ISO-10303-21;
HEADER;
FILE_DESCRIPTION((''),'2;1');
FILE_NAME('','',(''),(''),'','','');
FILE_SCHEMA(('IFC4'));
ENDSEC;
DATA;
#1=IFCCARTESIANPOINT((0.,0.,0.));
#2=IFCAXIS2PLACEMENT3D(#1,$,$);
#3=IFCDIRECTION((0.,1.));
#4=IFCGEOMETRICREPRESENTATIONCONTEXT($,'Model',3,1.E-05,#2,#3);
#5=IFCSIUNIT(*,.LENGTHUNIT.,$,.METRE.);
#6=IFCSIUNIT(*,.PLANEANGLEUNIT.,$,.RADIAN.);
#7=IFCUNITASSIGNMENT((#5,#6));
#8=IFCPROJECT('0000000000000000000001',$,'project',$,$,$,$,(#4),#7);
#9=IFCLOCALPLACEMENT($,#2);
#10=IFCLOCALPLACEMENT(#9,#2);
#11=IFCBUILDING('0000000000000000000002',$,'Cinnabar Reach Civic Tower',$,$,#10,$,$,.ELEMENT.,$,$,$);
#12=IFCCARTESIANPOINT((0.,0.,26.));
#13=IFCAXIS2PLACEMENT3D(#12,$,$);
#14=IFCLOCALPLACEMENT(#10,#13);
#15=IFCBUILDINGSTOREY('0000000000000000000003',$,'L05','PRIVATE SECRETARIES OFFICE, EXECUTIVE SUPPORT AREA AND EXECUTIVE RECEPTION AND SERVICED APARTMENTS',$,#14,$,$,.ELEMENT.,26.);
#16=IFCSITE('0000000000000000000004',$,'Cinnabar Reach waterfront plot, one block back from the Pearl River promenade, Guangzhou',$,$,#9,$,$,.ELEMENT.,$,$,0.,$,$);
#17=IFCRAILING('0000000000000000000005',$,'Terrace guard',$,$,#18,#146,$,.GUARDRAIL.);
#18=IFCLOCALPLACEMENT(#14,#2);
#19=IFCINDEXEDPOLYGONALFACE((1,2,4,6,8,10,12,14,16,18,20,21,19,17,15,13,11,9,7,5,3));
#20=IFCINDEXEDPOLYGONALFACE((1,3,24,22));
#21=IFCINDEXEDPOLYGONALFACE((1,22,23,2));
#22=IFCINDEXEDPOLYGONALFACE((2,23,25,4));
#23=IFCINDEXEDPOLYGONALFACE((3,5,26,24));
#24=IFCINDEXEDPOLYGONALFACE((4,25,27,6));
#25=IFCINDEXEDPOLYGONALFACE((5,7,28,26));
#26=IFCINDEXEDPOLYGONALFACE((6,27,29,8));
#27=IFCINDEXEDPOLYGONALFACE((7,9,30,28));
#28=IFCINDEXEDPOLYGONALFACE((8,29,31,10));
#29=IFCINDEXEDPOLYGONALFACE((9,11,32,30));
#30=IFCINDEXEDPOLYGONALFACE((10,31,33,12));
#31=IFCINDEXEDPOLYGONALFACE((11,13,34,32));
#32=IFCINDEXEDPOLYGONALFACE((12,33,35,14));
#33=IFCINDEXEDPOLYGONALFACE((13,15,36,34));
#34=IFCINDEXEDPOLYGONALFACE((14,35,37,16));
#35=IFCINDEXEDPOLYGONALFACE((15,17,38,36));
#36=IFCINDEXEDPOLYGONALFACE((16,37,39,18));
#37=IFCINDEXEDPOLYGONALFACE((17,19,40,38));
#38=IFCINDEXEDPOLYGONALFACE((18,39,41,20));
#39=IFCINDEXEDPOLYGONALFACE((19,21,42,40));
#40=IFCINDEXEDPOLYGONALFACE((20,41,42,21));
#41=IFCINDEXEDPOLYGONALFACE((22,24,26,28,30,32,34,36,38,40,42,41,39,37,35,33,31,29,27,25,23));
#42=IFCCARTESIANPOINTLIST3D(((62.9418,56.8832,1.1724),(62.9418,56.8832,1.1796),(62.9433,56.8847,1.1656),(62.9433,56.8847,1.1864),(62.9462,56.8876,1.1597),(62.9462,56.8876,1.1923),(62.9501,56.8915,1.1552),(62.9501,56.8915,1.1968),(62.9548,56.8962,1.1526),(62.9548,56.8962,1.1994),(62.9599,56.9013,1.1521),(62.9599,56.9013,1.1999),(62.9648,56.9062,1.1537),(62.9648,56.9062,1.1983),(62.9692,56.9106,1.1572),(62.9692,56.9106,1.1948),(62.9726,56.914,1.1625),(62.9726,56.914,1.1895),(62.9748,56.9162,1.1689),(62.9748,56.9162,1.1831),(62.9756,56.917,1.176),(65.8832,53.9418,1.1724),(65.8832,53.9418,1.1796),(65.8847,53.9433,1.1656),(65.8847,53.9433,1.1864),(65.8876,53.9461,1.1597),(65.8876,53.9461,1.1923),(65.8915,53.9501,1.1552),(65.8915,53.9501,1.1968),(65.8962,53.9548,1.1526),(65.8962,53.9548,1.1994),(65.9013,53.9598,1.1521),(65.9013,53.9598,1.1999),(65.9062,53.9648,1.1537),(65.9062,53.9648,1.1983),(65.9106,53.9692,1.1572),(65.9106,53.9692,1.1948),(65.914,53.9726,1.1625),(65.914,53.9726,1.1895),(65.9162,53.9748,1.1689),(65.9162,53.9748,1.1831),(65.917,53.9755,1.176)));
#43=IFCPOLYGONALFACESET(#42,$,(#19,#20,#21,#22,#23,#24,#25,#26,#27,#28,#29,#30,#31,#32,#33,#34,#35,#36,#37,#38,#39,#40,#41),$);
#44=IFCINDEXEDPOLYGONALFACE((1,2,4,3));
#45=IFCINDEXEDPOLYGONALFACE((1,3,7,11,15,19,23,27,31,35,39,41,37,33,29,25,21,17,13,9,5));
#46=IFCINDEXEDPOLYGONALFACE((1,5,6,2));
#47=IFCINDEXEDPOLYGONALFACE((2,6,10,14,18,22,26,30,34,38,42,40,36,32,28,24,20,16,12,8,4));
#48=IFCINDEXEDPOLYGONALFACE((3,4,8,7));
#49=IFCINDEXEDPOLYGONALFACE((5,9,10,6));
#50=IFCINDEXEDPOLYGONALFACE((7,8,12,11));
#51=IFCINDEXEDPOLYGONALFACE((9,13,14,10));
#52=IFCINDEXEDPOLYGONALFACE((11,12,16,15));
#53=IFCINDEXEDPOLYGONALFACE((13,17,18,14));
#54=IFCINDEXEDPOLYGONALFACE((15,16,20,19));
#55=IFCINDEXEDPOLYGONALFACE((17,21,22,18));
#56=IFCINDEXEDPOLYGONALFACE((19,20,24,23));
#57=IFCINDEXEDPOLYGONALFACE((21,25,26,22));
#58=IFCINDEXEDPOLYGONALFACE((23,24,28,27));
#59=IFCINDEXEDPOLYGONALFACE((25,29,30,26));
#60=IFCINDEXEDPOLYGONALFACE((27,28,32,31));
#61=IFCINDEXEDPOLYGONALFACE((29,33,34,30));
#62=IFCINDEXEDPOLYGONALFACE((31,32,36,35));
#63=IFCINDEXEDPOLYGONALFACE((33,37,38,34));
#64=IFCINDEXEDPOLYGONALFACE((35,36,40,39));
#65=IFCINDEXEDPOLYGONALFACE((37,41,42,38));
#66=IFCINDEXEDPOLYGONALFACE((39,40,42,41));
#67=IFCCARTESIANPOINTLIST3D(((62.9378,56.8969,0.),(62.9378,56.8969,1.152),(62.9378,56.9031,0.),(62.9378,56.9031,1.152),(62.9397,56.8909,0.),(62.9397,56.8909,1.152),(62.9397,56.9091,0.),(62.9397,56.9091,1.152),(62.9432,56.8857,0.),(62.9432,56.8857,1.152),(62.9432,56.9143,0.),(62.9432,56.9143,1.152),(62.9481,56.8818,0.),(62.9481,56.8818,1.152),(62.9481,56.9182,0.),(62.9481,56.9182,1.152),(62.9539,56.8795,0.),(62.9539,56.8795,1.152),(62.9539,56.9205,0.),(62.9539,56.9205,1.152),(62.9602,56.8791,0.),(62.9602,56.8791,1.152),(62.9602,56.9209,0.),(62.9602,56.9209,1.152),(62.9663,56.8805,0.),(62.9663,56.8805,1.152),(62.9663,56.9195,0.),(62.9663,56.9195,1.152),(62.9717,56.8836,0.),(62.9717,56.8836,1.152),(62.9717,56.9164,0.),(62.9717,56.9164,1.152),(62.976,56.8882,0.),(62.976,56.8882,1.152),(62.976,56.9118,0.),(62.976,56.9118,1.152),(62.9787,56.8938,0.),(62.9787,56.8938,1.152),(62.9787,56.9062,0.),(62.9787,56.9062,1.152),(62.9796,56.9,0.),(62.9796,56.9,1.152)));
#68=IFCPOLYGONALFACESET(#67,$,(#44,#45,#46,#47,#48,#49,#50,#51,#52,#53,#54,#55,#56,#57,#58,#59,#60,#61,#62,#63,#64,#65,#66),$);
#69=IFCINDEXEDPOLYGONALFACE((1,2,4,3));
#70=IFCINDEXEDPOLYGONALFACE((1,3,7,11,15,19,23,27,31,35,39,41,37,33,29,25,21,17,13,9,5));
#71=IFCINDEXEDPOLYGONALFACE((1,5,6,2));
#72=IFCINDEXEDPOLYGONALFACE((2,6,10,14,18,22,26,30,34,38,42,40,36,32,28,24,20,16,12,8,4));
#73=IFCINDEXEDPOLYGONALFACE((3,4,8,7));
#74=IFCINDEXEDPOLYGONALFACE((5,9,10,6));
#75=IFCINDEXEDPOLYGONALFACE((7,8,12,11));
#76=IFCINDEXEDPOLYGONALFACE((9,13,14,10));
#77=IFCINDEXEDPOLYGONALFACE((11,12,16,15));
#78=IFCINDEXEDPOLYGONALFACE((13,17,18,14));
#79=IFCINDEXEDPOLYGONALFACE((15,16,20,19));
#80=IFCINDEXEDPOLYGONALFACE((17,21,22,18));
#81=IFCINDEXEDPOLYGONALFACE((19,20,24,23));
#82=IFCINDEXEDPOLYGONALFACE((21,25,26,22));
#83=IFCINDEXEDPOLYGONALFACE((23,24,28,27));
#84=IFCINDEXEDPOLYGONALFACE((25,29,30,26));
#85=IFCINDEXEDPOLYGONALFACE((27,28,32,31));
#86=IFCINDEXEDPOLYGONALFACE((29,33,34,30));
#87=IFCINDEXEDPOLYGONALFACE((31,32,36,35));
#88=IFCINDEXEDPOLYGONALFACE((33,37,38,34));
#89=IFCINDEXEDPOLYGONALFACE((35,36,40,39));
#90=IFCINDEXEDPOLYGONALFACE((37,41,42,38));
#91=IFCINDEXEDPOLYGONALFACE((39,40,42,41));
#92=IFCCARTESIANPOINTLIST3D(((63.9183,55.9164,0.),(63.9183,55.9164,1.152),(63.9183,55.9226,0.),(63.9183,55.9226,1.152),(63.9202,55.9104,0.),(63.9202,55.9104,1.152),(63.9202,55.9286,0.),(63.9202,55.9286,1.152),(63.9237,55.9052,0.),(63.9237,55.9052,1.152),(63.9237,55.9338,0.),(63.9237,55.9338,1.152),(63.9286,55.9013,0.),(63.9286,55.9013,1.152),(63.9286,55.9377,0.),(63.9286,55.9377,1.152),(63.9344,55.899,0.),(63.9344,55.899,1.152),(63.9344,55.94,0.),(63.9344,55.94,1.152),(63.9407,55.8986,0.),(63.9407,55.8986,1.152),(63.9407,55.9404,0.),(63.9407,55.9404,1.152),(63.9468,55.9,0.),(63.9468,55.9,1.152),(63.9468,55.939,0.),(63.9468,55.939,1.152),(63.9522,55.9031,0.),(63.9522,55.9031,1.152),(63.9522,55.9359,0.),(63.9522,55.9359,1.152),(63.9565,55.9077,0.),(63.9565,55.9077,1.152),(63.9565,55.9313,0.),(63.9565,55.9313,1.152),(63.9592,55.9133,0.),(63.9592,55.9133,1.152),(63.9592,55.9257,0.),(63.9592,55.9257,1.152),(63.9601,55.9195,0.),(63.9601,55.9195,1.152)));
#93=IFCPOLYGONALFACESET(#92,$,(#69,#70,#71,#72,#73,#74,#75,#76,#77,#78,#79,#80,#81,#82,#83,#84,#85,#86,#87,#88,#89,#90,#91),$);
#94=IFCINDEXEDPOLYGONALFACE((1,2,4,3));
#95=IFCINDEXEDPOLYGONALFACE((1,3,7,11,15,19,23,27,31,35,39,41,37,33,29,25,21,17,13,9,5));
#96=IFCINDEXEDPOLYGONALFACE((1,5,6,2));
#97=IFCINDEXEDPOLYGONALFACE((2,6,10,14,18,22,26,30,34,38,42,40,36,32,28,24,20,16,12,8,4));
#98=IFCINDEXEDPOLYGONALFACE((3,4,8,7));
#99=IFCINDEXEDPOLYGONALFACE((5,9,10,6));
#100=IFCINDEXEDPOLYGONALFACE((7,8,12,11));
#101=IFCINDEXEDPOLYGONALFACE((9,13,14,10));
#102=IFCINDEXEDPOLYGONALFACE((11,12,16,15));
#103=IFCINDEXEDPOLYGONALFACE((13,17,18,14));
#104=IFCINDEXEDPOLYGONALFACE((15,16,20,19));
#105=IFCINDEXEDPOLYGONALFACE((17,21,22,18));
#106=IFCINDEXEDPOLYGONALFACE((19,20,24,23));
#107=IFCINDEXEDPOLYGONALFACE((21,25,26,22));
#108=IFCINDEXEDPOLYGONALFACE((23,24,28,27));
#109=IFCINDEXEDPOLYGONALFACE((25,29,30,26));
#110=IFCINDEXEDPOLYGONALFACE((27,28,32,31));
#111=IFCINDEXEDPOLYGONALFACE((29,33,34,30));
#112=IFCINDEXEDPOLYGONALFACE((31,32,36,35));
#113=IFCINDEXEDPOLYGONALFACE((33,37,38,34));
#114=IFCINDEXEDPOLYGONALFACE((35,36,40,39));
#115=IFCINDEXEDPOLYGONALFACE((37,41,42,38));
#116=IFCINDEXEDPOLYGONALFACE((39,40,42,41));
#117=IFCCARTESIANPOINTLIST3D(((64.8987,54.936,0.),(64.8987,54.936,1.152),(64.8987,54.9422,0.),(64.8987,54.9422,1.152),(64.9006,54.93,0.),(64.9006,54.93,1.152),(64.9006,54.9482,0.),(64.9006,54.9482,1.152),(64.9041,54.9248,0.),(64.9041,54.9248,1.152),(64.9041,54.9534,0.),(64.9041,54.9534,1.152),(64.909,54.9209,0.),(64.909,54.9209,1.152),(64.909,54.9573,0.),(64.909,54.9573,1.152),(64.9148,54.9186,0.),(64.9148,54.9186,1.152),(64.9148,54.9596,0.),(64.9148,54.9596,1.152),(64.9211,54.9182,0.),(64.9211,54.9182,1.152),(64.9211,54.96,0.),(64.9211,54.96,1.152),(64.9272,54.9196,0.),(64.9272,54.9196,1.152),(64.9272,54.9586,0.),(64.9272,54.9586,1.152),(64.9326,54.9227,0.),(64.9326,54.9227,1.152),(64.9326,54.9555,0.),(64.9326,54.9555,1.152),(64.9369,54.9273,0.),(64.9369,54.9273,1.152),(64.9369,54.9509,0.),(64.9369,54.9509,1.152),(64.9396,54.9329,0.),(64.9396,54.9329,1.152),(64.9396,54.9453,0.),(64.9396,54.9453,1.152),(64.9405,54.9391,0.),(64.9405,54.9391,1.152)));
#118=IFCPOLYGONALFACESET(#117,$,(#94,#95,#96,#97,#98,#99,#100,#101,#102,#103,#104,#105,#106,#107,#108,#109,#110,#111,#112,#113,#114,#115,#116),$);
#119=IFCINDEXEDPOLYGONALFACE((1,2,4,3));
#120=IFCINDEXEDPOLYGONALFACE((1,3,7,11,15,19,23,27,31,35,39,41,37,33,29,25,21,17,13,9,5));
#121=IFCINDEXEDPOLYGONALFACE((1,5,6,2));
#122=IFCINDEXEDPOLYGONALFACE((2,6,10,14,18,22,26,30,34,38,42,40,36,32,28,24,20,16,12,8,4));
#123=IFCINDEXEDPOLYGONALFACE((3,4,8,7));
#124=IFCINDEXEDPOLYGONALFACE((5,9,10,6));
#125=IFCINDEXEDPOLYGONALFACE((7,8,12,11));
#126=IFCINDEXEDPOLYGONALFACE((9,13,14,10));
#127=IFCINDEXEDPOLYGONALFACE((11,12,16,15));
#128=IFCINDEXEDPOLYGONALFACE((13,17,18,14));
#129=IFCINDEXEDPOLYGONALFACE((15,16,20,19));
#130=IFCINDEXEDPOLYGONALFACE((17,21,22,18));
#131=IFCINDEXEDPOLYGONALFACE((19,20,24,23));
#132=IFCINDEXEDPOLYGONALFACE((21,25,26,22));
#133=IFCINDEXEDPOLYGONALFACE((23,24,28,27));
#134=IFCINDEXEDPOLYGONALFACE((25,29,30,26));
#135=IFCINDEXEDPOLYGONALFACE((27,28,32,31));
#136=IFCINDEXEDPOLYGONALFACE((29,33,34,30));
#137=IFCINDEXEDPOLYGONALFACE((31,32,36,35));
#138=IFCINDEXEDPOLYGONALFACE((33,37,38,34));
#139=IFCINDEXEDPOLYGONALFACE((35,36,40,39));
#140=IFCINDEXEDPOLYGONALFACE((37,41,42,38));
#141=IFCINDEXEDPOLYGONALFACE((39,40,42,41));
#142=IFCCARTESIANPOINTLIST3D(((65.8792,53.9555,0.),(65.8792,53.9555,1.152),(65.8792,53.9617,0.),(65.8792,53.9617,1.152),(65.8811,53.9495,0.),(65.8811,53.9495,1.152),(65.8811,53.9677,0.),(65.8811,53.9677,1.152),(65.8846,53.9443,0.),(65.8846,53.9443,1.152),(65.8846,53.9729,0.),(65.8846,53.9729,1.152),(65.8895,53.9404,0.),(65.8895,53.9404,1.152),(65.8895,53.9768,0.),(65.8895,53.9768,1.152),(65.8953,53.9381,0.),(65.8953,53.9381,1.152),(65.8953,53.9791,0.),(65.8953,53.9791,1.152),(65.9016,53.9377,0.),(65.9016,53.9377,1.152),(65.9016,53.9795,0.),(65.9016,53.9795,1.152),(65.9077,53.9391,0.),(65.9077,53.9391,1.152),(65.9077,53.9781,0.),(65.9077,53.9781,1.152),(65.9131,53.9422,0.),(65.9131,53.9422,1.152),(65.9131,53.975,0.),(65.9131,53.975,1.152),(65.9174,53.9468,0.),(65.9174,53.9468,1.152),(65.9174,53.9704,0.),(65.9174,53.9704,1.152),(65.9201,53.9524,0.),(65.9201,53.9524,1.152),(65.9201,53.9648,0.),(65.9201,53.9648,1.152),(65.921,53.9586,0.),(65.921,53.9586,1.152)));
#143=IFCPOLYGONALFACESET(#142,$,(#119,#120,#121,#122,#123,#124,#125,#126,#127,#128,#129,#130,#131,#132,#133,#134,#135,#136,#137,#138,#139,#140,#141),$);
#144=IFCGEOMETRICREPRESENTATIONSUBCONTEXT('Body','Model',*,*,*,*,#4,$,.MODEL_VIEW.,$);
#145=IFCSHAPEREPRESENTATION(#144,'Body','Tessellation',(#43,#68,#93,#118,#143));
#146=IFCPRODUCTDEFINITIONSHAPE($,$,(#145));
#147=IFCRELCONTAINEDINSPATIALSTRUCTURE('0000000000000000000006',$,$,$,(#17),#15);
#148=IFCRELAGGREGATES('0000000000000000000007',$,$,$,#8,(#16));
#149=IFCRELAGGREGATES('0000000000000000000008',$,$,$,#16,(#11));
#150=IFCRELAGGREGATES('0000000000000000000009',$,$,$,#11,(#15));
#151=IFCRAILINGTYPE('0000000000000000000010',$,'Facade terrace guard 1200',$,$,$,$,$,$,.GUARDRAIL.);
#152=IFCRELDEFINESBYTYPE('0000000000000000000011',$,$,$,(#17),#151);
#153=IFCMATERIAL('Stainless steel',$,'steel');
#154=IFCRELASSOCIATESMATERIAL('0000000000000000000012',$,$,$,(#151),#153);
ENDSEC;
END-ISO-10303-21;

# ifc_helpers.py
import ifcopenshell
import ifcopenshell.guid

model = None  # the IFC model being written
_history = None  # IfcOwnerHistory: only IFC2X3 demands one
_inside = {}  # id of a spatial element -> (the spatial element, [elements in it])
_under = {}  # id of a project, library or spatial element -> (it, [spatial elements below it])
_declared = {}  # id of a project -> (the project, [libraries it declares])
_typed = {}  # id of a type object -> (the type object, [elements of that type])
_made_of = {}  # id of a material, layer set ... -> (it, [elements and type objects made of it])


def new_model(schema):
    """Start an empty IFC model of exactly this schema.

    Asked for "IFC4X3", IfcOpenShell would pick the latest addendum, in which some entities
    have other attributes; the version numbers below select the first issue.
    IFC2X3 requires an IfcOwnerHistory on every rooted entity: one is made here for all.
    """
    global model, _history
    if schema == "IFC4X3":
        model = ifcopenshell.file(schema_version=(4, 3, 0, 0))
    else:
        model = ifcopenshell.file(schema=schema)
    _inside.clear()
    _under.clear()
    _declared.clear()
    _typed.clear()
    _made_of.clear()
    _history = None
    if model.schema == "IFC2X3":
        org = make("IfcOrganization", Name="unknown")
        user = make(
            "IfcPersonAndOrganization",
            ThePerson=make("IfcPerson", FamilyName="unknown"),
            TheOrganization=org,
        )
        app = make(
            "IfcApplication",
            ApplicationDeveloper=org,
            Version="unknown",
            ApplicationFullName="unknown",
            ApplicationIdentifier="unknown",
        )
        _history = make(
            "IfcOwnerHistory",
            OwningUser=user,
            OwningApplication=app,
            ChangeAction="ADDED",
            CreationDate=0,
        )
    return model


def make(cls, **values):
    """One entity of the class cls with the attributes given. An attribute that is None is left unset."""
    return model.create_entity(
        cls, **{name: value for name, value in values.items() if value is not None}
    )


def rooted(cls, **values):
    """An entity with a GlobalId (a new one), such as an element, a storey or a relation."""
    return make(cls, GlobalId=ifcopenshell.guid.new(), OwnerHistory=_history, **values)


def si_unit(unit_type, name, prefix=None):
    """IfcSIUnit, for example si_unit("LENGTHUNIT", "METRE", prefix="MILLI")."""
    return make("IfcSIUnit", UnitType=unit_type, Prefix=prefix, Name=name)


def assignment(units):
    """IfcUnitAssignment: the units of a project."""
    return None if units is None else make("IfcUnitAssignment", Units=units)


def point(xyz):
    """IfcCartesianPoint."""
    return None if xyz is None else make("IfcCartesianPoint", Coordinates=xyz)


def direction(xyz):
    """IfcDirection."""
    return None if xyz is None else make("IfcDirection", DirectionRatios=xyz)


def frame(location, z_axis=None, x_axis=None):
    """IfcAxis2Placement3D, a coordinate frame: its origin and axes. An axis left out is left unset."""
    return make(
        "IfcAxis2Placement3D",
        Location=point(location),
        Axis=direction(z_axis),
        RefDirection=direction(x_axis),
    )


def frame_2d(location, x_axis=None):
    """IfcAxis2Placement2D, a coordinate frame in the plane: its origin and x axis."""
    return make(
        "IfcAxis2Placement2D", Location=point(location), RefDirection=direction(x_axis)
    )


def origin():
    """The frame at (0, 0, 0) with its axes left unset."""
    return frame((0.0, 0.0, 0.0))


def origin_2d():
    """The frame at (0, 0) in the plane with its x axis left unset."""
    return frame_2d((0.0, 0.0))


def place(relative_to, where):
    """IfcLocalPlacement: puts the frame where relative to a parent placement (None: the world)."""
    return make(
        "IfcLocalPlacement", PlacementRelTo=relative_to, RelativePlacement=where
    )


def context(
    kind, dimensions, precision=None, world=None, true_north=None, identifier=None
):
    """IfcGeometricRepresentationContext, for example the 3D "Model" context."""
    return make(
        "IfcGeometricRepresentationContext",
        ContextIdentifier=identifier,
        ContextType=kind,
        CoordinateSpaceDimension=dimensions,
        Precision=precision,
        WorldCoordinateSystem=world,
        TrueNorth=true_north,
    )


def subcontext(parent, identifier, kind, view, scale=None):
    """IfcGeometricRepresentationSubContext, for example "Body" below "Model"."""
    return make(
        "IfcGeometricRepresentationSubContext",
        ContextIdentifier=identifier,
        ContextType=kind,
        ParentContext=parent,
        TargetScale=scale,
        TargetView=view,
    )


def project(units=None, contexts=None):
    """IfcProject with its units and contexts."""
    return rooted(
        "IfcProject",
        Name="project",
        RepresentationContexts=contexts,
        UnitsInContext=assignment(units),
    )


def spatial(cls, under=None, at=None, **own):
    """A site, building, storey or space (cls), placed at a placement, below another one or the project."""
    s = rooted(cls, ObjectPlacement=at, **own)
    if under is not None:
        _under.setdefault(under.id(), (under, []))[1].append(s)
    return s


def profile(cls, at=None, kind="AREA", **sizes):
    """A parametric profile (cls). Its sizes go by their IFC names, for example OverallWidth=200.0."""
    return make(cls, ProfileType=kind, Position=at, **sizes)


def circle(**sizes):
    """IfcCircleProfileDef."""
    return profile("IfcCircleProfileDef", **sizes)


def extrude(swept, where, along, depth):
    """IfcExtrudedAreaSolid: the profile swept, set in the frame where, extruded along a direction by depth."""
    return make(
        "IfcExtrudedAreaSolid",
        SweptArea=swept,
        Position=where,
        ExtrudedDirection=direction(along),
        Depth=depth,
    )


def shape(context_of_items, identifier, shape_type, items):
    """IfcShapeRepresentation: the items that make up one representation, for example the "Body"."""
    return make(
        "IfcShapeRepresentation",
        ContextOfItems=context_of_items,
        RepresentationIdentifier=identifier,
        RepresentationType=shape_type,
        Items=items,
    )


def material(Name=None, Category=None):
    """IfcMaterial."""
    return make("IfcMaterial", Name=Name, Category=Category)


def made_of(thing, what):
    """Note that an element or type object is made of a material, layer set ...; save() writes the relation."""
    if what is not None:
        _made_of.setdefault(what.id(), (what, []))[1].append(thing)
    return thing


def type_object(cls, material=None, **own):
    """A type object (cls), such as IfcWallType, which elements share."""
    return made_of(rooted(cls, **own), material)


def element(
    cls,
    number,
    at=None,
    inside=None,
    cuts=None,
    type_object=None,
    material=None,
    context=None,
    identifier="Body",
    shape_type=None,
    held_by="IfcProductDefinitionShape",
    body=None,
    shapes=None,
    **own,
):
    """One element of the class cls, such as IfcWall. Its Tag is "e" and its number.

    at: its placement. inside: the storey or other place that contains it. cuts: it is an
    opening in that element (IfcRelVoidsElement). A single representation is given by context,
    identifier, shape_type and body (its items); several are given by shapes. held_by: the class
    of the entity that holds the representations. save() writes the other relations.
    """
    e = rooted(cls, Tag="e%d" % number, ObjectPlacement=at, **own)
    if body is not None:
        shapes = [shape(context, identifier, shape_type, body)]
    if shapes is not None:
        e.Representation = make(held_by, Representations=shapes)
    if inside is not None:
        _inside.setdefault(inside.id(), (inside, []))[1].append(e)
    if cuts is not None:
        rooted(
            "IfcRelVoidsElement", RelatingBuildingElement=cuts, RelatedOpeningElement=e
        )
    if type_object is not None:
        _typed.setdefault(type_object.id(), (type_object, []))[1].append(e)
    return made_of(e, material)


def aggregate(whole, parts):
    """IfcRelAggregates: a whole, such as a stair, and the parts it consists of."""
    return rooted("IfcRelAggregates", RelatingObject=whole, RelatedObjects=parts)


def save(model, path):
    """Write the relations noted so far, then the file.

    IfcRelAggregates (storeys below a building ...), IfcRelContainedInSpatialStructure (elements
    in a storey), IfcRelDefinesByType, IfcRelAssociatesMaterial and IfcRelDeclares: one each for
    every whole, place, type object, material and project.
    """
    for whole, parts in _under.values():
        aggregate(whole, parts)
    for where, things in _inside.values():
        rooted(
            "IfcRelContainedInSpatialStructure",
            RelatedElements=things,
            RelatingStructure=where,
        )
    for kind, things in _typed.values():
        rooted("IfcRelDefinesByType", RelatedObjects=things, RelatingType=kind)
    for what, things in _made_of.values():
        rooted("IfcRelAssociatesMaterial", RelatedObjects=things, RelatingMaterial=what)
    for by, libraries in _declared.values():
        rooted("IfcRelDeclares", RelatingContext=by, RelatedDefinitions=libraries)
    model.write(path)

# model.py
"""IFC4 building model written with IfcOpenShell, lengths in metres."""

from ifc_helpers import new_model, si_unit, direction, frame, origin, origin_2d, place, context, subcontext, project, spatial, circle, extrude, material, type_object, element, save


model = new_model("IFC4")

# Units and contexts
model_context = context("Model", 3, precision=1e-05, world=origin(), true_north=direction((0.0, 1.0)))
body_context = subcontext(model_context, "Body", "Model", "MODEL_VIEW")
ifc_project = project(units=[si_unit("LENGTHUNIT", "METRE"), si_unit("PLANEANGLEUNIT", "RADIAN")], contexts=[model_context])

# Site, building, storey
site_placement = place(None, origin())
site = spatial("IfcSite", under=ifc_project, at=site_placement, Name="Cinnabar Reach waterfront plot, one block back from the Pearl River promenade, Guangzhou", CompositionType="ELEMENT", RefElevation=0.0)
building_placement = place(site_placement, origin())
building = spatial("IfcBuilding", under=site, at=building_placement, Name="Cinnabar Reach Civic Tower", CompositionType="ELEMENT")
storey_placement = place(building_placement, frame((0.0, 0.0, 26.0)))
storey = spatial("IfcBuildingStorey", under=building, at=storey_placement, Name="L05", Description="PRIVATE SECRETARIES OFFICE, EXECUTIVE SUPPORT AREA AND EXECUTIVE RECEPTION AND SERVICED APARTMENTS", CompositionType="ELEMENT", Elevation=26.0)

# Railing
ifc_material_1 = material(Name="Stainless steel", Category="steel")
railing_type = type_object("IfcRailingType", Name="Facade terrace guard 1200", PredefinedType="GUARDRAIL", material=ifc_material_1)
railing_1_placement = place(storey_placement, frame((62.9586, 56.9, 0.0)))
element("IfcRailing", 1, at=railing_1_placement, inside=storey, type_object=railing_type, Name="Terrace guard", PredefinedType="GUARDRAIL", context=body_context, shape_type="SweptSolid", body=[
    extrude(circle(Radius=0.024, at=origin_2d()), frame((0.0, 0.0, 1.176), z_axis=(0.707107, -0.707107, 0.0), x_axis=(0.707107, 0.707107, 0.0)), (0.0, 0.0, 1.0), 4.1598),
    extrude(circle(Radius=0.021, at=origin_2d()), origin(), (0.0, 0.0, 1.0), 1.152),
    extrude(circle(Radius=0.021, at=origin_2d()), frame((0.9805, -0.9805, 0.0)), (0.0, 0.0, 1.0), 1.152),
    extrude(circle(Radius=0.021, at=origin_2d()), frame((1.9609, -1.9609, 0.0)), (0.0, 0.0, 1.0), 1.152),
    extrude(circle(Radius=0.021, at=origin_2d()), frame((2.9414, -2.9414, 0.0)), (0.0, 0.0, 1.0), 1.152),
])

save(model, "model.ifc")
